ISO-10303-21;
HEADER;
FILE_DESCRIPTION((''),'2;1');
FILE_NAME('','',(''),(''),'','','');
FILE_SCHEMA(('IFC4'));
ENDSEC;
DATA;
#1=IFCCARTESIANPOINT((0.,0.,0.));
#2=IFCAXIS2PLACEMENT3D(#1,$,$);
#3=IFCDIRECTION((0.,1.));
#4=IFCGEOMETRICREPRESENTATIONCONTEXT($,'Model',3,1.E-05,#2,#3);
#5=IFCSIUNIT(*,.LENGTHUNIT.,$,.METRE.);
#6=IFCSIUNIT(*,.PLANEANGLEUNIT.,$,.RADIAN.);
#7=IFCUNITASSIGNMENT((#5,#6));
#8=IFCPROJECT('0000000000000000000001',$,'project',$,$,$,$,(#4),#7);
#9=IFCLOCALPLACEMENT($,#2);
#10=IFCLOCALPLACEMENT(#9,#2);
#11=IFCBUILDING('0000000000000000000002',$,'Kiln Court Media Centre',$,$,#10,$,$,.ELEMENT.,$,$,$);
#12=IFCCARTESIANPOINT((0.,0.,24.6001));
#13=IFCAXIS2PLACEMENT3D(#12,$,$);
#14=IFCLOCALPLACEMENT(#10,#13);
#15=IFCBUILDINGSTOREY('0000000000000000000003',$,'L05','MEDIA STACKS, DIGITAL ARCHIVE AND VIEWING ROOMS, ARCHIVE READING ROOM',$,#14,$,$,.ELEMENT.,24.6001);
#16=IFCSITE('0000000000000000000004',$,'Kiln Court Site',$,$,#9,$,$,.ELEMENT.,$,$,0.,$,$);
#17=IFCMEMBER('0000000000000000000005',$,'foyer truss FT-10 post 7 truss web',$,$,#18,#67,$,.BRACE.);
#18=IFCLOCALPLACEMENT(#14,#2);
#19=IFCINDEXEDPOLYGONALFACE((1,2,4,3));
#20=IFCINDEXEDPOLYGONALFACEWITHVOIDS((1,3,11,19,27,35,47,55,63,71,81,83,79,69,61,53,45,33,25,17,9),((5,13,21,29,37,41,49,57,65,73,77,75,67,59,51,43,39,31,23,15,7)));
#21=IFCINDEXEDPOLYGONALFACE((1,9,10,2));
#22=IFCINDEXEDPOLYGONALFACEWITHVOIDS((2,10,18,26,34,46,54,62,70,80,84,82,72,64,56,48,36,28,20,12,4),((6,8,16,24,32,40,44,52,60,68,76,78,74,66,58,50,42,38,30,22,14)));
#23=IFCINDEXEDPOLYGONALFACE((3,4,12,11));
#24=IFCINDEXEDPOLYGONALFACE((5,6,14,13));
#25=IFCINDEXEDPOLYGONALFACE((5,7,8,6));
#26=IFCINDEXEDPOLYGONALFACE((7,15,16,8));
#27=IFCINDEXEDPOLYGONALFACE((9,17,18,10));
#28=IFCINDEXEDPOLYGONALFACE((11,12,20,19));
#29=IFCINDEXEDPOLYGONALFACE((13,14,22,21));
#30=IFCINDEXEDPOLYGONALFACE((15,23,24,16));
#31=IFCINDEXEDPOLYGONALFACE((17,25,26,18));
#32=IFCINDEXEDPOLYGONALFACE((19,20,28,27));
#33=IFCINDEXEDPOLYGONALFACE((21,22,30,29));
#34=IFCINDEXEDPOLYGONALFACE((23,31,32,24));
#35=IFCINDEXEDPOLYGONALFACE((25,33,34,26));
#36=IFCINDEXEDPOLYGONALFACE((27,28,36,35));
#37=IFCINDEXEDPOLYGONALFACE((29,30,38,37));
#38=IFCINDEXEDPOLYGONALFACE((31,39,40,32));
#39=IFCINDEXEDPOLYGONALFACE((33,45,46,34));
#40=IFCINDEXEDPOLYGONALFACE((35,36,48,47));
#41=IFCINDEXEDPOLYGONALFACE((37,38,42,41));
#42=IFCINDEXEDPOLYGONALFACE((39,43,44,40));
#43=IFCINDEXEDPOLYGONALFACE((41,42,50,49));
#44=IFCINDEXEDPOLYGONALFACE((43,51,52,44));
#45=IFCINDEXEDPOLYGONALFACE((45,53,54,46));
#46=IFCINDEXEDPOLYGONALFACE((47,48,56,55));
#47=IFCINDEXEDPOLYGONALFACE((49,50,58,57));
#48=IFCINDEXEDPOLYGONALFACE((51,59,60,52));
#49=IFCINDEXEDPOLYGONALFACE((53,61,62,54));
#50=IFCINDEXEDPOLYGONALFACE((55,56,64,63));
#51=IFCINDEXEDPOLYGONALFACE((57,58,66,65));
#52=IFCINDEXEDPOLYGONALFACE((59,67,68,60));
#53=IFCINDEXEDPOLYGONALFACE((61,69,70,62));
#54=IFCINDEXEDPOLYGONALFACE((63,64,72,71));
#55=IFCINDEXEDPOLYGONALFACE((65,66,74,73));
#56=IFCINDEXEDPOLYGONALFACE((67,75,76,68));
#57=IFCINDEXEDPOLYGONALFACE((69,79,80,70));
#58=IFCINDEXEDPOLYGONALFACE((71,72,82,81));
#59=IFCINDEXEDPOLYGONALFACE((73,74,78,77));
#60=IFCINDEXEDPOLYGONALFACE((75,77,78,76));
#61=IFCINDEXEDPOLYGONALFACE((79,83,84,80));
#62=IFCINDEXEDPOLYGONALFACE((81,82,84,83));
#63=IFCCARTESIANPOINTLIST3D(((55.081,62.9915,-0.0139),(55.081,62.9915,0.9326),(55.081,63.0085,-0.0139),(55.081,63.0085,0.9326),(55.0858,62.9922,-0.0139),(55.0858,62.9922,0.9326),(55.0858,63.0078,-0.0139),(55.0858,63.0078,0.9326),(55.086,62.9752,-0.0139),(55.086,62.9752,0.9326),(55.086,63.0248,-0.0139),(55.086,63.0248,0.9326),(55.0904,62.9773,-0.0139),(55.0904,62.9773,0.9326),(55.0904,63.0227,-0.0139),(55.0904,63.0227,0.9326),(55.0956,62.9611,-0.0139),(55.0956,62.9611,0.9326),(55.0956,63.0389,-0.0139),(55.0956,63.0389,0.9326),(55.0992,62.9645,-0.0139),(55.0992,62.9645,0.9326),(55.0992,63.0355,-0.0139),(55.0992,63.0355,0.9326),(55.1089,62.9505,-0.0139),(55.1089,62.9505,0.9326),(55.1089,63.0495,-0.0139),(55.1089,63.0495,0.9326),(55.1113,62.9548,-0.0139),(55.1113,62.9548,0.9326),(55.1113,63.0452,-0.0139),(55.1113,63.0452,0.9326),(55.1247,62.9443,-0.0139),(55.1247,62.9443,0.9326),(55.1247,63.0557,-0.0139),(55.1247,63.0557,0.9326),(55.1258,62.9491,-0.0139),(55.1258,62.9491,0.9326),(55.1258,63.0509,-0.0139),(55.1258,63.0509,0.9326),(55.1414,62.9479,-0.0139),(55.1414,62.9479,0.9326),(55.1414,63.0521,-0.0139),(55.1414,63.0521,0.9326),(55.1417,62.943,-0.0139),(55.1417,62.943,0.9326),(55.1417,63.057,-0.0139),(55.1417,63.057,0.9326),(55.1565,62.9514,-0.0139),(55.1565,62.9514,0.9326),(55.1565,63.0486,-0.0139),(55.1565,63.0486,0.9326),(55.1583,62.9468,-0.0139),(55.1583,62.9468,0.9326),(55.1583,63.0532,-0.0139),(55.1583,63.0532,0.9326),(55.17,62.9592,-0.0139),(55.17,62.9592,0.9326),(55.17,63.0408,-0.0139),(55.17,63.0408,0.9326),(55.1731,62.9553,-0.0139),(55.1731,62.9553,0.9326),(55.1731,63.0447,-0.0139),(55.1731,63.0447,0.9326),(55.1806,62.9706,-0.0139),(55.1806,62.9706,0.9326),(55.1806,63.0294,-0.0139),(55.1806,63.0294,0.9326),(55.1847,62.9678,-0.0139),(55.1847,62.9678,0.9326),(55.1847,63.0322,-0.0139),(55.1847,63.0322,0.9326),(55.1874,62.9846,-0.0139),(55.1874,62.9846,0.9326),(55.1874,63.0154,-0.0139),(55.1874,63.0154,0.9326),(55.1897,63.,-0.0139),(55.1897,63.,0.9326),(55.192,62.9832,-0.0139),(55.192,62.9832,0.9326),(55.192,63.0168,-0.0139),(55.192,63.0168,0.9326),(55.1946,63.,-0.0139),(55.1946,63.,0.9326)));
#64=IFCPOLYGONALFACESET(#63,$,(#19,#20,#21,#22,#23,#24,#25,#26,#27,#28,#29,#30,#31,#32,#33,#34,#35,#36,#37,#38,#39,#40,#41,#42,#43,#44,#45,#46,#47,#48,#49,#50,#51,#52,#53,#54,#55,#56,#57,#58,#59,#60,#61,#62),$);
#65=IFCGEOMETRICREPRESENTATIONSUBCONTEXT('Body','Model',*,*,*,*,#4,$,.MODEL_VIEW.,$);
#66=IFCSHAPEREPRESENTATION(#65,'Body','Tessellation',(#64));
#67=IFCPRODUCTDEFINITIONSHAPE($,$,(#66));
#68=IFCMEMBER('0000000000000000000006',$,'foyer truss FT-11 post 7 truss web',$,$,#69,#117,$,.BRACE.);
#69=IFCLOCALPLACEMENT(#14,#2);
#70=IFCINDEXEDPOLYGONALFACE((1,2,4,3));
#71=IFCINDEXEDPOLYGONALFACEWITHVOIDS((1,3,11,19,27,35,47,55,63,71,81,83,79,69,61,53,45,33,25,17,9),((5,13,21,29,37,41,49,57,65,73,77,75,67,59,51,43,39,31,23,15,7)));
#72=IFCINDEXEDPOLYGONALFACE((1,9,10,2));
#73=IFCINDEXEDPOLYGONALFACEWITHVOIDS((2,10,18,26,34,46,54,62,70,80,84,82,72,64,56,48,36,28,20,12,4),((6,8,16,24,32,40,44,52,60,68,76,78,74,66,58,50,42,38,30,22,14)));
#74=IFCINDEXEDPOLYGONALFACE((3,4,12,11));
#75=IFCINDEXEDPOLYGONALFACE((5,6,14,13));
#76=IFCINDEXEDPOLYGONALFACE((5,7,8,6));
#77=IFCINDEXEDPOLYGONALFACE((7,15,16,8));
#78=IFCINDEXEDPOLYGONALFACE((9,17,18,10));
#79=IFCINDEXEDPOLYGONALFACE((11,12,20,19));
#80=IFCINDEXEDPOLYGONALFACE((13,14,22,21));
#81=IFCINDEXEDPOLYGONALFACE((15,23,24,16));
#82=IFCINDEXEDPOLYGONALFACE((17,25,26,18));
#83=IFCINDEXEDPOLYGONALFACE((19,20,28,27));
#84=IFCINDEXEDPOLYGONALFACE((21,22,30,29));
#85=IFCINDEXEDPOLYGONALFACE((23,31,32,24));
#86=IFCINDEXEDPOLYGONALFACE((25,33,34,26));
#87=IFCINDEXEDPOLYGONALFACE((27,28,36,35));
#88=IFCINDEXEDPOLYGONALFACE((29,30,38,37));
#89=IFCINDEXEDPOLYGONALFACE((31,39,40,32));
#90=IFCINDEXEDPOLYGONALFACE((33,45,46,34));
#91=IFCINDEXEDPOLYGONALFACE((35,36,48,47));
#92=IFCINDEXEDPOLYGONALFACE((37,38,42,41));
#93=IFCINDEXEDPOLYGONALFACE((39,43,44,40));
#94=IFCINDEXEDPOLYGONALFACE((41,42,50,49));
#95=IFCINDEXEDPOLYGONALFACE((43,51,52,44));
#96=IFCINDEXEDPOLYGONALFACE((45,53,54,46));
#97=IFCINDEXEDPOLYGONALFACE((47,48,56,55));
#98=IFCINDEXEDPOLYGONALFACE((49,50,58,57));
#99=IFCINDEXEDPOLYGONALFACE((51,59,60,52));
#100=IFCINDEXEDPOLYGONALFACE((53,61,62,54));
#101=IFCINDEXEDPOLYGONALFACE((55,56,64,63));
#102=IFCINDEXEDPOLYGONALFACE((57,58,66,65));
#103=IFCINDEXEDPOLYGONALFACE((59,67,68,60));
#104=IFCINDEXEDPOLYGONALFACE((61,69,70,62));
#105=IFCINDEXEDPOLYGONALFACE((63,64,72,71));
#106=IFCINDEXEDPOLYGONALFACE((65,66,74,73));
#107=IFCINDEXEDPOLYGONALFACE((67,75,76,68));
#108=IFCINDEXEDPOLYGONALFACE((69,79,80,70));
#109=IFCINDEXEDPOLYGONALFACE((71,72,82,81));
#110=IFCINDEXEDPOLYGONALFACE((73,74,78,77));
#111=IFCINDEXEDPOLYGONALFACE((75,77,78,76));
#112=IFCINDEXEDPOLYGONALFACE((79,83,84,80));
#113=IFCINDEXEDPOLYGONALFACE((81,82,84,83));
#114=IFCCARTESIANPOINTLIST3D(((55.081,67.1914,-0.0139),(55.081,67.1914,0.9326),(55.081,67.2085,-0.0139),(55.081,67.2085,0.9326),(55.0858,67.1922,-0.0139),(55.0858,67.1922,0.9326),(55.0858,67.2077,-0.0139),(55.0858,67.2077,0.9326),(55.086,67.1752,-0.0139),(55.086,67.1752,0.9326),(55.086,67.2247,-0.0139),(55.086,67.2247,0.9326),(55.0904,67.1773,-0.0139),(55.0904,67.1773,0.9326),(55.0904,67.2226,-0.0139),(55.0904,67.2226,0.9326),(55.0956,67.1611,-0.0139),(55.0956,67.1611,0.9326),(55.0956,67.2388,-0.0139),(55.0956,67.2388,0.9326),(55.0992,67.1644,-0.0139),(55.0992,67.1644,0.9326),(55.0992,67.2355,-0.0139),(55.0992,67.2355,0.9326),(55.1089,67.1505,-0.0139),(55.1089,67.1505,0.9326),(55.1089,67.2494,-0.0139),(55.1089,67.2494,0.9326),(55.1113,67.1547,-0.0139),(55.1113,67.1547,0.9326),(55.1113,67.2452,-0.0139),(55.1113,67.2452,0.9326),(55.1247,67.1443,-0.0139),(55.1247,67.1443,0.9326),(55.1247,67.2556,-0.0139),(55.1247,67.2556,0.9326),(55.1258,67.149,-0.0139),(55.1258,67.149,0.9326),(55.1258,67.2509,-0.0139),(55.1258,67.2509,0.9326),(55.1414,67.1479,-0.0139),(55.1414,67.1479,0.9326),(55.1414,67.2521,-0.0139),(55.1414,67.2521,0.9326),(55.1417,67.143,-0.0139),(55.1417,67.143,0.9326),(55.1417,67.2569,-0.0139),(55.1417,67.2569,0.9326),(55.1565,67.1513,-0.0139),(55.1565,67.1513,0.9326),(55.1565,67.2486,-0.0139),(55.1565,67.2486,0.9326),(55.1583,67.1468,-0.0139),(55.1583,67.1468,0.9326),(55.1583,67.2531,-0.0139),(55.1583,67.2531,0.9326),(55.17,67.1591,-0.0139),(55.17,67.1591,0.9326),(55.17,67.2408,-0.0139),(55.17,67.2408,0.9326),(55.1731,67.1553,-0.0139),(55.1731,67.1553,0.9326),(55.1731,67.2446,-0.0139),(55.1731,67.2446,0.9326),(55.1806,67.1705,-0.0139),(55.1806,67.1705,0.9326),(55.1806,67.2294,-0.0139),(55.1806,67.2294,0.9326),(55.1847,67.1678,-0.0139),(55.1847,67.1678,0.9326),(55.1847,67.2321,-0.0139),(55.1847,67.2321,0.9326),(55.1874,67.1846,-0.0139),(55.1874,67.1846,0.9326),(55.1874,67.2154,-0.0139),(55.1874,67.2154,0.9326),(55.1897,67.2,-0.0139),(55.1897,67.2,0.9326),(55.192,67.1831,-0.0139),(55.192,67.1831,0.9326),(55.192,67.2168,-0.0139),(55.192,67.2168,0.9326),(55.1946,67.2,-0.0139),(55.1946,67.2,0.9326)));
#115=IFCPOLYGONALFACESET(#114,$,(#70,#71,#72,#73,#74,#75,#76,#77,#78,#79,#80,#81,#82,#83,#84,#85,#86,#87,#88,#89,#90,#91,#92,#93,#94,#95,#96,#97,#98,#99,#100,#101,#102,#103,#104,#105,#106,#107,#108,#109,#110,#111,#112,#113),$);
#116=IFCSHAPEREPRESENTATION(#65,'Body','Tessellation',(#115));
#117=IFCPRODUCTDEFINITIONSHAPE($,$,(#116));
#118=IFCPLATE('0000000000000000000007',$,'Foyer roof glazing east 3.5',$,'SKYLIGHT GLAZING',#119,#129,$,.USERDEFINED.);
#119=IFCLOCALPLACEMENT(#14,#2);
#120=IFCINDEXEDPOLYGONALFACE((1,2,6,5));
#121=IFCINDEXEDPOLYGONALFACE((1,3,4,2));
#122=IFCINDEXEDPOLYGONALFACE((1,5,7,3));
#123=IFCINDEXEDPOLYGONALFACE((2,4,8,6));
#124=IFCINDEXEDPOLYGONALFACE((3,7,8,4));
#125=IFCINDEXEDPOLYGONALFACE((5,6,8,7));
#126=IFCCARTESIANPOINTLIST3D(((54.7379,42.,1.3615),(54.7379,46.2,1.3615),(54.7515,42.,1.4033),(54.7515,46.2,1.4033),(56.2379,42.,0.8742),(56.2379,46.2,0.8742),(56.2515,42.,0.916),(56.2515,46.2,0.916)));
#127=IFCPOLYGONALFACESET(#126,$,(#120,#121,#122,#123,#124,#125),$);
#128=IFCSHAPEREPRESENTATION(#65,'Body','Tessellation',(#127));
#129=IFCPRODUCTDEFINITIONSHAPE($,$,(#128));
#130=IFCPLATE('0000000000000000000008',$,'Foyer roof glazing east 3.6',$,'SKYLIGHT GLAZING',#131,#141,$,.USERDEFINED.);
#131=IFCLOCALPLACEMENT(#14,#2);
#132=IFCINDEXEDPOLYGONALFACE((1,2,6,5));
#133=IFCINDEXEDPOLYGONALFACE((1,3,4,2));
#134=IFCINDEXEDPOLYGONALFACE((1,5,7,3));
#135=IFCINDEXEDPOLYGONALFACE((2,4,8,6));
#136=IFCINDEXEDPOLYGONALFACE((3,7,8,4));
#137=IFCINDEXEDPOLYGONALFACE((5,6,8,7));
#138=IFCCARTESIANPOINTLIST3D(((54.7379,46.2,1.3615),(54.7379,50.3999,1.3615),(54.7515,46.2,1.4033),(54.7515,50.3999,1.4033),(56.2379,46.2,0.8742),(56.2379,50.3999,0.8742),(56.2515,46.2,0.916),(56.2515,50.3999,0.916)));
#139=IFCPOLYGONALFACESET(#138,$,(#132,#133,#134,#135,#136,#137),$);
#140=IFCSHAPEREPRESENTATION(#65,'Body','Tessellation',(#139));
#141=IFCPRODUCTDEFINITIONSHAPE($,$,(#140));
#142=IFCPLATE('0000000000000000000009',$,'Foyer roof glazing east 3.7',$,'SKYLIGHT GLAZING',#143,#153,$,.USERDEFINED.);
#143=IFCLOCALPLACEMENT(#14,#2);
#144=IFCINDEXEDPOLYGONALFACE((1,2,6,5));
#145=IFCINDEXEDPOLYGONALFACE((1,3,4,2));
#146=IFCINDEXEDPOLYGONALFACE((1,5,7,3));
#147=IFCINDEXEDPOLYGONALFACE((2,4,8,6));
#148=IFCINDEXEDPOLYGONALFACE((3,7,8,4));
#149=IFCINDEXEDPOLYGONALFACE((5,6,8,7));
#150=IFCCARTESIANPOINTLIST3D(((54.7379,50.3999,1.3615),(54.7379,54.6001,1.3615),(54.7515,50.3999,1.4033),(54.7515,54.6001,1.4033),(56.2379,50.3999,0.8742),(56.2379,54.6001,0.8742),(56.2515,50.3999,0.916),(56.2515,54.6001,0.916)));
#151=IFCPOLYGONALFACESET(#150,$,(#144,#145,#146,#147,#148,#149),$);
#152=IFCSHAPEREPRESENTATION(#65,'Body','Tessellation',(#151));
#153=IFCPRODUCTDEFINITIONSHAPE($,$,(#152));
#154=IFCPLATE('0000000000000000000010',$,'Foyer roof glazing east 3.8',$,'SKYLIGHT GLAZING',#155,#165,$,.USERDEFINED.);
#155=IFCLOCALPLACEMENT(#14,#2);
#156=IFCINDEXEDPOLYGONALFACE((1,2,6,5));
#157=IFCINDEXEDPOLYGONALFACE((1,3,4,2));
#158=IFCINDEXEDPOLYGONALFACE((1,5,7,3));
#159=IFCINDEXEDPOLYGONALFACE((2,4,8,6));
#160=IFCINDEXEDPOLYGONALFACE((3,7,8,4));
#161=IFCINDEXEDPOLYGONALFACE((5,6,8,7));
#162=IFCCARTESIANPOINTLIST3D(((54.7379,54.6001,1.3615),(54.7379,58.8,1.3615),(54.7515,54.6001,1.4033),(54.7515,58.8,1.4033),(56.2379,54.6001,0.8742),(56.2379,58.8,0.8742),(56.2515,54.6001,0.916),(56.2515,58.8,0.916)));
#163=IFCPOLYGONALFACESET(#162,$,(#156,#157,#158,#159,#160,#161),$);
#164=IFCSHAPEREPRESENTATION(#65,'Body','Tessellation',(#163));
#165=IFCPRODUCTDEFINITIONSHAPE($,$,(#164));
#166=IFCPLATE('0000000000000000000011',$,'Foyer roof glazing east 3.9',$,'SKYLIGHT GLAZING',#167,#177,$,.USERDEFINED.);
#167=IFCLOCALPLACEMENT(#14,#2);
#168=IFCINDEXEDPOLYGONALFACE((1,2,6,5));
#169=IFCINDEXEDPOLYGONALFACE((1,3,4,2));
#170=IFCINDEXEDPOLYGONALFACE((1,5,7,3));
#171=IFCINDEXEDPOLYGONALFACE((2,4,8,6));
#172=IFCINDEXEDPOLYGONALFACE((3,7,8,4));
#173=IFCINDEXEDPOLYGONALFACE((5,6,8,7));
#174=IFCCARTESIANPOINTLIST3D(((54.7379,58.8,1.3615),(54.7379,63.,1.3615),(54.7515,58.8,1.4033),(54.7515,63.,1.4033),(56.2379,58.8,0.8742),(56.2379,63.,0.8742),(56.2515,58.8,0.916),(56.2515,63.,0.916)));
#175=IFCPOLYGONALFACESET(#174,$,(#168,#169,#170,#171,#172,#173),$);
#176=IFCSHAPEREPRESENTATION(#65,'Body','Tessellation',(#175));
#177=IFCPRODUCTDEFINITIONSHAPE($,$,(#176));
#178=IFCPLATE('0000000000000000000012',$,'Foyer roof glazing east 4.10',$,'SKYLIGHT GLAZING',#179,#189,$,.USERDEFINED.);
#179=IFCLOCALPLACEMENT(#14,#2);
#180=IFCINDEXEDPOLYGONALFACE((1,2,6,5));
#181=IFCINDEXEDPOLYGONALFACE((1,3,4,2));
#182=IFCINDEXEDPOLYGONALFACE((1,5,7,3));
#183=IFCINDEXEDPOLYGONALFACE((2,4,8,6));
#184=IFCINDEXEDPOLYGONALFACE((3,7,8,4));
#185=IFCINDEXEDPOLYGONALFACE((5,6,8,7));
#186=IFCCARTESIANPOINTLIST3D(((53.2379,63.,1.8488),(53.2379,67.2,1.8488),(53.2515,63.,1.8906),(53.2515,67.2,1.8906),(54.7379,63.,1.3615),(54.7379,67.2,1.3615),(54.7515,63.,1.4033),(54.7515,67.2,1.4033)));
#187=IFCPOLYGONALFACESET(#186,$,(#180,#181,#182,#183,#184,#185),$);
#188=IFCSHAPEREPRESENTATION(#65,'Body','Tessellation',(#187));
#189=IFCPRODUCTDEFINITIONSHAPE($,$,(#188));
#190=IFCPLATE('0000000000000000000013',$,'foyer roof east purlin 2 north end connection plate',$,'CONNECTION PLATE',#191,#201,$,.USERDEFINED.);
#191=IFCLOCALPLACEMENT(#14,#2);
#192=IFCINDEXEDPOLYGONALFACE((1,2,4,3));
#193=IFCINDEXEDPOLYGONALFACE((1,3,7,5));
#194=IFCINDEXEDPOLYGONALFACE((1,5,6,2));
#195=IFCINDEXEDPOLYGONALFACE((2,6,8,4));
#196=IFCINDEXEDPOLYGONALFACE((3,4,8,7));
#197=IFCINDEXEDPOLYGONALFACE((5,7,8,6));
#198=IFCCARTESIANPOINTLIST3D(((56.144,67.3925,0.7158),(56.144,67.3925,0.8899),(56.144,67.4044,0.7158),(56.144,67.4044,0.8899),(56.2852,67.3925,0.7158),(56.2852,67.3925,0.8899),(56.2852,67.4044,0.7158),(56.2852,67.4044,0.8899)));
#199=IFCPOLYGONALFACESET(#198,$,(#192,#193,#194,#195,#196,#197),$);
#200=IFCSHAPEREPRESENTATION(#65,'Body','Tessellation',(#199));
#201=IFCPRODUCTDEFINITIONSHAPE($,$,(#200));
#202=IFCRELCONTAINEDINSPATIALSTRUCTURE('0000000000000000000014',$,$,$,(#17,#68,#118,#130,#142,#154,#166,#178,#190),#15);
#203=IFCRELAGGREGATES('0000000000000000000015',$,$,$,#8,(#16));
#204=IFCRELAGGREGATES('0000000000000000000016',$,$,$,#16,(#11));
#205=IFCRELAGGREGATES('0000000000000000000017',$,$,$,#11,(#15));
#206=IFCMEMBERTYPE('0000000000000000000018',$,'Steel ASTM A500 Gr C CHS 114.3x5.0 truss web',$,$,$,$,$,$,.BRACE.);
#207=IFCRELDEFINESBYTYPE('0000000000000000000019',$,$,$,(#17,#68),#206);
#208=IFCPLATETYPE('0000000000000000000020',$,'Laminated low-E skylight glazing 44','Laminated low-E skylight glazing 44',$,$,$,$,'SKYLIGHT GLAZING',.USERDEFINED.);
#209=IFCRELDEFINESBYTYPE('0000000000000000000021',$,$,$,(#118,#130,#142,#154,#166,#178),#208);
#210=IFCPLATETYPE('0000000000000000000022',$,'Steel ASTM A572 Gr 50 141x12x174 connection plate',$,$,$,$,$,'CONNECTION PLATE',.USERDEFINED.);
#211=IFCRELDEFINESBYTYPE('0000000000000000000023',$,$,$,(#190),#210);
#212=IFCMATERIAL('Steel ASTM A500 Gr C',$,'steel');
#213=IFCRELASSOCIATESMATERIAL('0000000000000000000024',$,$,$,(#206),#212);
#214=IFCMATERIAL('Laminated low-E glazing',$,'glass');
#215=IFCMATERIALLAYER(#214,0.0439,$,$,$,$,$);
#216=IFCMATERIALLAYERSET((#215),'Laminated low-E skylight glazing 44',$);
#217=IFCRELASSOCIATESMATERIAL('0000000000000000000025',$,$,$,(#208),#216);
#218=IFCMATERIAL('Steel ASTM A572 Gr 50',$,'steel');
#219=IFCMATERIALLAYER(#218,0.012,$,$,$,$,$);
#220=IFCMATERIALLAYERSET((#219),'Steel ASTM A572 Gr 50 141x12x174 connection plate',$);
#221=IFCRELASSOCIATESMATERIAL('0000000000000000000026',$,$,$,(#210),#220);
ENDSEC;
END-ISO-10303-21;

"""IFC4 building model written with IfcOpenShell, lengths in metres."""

from ifc_helpers import new_model, si_unit, direction, frame, origin, origin_2d, place, context, subcontext, project, spatial, polyline, rectangle, hollow_circle, outline, extrude, material, layer, layer_set, material_profile, profile_set, type_object, element, save


model = new_model("IFC4")

# Units and contexts
model_context = context("Model", 3, precision=1e-05, world=origin(), true_north=direction((0.0, 1.0)))
body_context = subcontext(model_context, "Body", "Model", "MODEL_VIEW")
ifc_project = project(units=[si_unit("LENGTHUNIT", "METRE"), si_unit("PLANEANGLEUNIT", "RADIAN")], contexts=[model_context])

# Site, building, storey
site_placement = place(None, origin())
site = spatial("IfcSite", under=ifc_project, at=site_placement, Name="Kiln Court Site", CompositionType="ELEMENT", RefElevation=0.0)
building_placement = place(site_placement, origin())
building = spatial("IfcBuilding", under=site, at=building_placement, Name="Kiln Court Media Centre", CompositionType="ELEMENT")
storey_placement = place(building_placement, frame((0.0, 0.0, 24.6001)))
storey = spatial("IfcBuildingStorey", under=building, at=storey_placement, Name="L05", Description="MEDIA STACKS, DIGITAL ARCHIVE AND VIEWING ROOMS, ARCHIVE READING ROOM", CompositionType="ELEMENT", Elevation=24.6001)

# Members
ifc_material_1 = material(Name="Steel ASTM A500 Gr C", Category="steel")
ifc_material_profile = material_profile(ifc_material_1, hollow_circle(Radius=0.0571, WallThickness=0.0049, at=origin_2d()), Name="CHS 114.3x5.0")
ifc_profile_set = profile_set([ifc_material_profile], Name="Steel ASTM A500 Gr C")
member_type = type_object("IfcMemberType", Name="Steel ASTM A500 Gr C CHS 114.3x5.0 truss web", PredefinedType="BRACE", material=ifc_profile_set)
for number, where, z_axis, x_axis, name in (
    (1, (55.1375, 63.0, -0.0139), (0.0, 0.0, 1.0), (1.0, 0.0, 0.0), "foyer truss FT-10 post 7 truss web"),
    (2, (55.1375, 67.2, -0.0139), (0.0, 0.0, 1.0), (1.0, 0.0, 0.0), "foyer truss FT-11 post 7 truss web"),
):
    element("IfcMember", number, at=place(storey_placement, frame(where, z_axis=z_axis, x_axis=x_axis)), inside=storey, type_object=member_type, Name=name, PredefinedType="BRACE", context=body_context, shape_type="SweptSolid", body=[
        extrude(hollow_circle(Radius=0.0571, WallThickness=0.0049, at=origin_2d()), origin(), (0.0, 0.0, 1.0), 0.9465),
    ])

# Plates
ifc_material_2 = material(Name="Laminated low-E glazing", Category="glass")
ifc_layer_1 = layer(ifc_material_2, 0.0439)
ifc_layer_set_1 = layer_set([ifc_layer_1], Name="Laminated low-E skylight glazing 44")
plate_type_1 = type_object("IfcPlateType", Name="Laminated low-E skylight glazing 44", Description="Laminated low-E skylight glazing 44", ElementType="SKYLIGHT GLAZING", PredefinedType="USERDEFINED", material=ifc_layer_set_1)
for number, where, z_axis, x_axis, name in (
    (3, (56.2515, 46.2, 0.916), (0.308974, 0.0, 0.95107), (-0.95107, 0.0, 0.308974), "Foyer roof glazing east 3.5"),
    (4, (56.2515, 50.3999, 0.916), (0.308974, 0.0, 0.95107), (-0.95107, 0.0, 0.308974), "Foyer roof glazing east 3.6"),
):
    element("IfcPlate", number, at=place(storey_placement, frame(where, z_axis=z_axis, x_axis=x_axis)), inside=storey, type_object=plate_type_1, Name=name, ObjectType="SKYLIGHT GLAZING", PredefinedType="USERDEFINED", context=body_context, shape_type="SweptSolid", body=[
        extrude(outline(polyline([(0.0, 0.0), (1.5772, 0.0), (1.5772, 4.2), (0.0, 4.2), (0.0, 0.0)])), origin(), (0.0, 0.0, -1.0), 0.0439),
    ])
plate_1_placement = place(storey_placement, frame((56.2515, 54.6001, 0.916), z_axis=(0.308974, 0.0, 0.95107), x_axis=(-0.95107, 0.0, 0.308974)))
element("IfcPlate", 5, at=plate_1_placement, inside=storey, type_object=plate_type_1, Name="Foyer roof glazing east 3.7", ObjectType="SKYLIGHT GLAZING", PredefinedType="USERDEFINED", context=body_context, shape_type="SweptSolid", body=[
    extrude(outline(polyline([(0.0, 0.0), (1.5772, 0.0), (1.5772, 4.2002), (0.0, 4.2002), (0.0, 0.0)])), origin(), (0.0, 0.0, -1.0), 0.0439),
])
for number, where, z_axis, x_axis, name in (
    (6, (56.2515, 58.8, 0.916), (0.308974, 0.0, 0.95107), (-0.95107, 0.0, 0.308974), "Foyer roof glazing east 3.8"),
    (7, (56.2515, 63.0, 0.916), (0.308974, 0.0, 0.95107), (-0.95107, 0.0, 0.308974), "Foyer roof glazing east 3.9"),
    (8, (54.7515, 67.2, 1.4033), (0.308974, 0.0, 0.95107), (-0.95107, 0.0, 0.308974), "Foyer roof glazing east 4.10"),
):
    element("IfcPlate", number, at=place(storey_placement, frame(where, z_axis=z_axis, x_axis=x_axis)), inside=storey, type_object=plate_type_1, Name=name, ObjectType="SKYLIGHT GLAZING", PredefinedType="USERDEFINED", context=body_context, shape_type="SweptSolid", body=[
        extrude(outline(polyline([(0.0, 0.0), (1.5772, 0.0), (1.5772, 4.2), (0.0, 4.2), (0.0, 0.0)])), origin(), (0.0, 0.0, -1.0), 0.0439),
    ])
ifc_material_3 = material(Name="Steel ASTM A572 Gr 50", Category="steel")
ifc_layer_2 = layer(ifc_material_3, 0.012)
ifc_layer_set_2 = layer_set([ifc_layer_2], Name="Steel ASTM A572 Gr 50 141x12x174 connection plate")
plate_type_2 = type_object("IfcPlateType", Name="Steel ASTM A572 Gr 50 141x12x174 connection plate", ElementType="CONNECTION PLATE", PredefinedType="USERDEFINED", material=ifc_layer_set_2)
plate_2_placement = place(storey_placement, frame((56.2146, 67.3984, 0.7158), z_axis=(0.0, 0.0, 1.0), x_axis=(1.0, 0.0, 0.0)))
element("IfcPlate", 9, at=plate_2_placement, inside=storey, type_object=plate_type_2, Name="foyer roof east purlin 2 north end connection plate", ObjectType="CONNECTION PLATE", PredefinedType="USERDEFINED", context=body_context, shape_type="SweptSolid", body=[
    extrude(rectangle(XDim=0.1411, YDim=0.012, at=origin_2d()), origin(), (0.0, 0.0, 1.0), 0.1741),
])

save(model, "model.ifc")
